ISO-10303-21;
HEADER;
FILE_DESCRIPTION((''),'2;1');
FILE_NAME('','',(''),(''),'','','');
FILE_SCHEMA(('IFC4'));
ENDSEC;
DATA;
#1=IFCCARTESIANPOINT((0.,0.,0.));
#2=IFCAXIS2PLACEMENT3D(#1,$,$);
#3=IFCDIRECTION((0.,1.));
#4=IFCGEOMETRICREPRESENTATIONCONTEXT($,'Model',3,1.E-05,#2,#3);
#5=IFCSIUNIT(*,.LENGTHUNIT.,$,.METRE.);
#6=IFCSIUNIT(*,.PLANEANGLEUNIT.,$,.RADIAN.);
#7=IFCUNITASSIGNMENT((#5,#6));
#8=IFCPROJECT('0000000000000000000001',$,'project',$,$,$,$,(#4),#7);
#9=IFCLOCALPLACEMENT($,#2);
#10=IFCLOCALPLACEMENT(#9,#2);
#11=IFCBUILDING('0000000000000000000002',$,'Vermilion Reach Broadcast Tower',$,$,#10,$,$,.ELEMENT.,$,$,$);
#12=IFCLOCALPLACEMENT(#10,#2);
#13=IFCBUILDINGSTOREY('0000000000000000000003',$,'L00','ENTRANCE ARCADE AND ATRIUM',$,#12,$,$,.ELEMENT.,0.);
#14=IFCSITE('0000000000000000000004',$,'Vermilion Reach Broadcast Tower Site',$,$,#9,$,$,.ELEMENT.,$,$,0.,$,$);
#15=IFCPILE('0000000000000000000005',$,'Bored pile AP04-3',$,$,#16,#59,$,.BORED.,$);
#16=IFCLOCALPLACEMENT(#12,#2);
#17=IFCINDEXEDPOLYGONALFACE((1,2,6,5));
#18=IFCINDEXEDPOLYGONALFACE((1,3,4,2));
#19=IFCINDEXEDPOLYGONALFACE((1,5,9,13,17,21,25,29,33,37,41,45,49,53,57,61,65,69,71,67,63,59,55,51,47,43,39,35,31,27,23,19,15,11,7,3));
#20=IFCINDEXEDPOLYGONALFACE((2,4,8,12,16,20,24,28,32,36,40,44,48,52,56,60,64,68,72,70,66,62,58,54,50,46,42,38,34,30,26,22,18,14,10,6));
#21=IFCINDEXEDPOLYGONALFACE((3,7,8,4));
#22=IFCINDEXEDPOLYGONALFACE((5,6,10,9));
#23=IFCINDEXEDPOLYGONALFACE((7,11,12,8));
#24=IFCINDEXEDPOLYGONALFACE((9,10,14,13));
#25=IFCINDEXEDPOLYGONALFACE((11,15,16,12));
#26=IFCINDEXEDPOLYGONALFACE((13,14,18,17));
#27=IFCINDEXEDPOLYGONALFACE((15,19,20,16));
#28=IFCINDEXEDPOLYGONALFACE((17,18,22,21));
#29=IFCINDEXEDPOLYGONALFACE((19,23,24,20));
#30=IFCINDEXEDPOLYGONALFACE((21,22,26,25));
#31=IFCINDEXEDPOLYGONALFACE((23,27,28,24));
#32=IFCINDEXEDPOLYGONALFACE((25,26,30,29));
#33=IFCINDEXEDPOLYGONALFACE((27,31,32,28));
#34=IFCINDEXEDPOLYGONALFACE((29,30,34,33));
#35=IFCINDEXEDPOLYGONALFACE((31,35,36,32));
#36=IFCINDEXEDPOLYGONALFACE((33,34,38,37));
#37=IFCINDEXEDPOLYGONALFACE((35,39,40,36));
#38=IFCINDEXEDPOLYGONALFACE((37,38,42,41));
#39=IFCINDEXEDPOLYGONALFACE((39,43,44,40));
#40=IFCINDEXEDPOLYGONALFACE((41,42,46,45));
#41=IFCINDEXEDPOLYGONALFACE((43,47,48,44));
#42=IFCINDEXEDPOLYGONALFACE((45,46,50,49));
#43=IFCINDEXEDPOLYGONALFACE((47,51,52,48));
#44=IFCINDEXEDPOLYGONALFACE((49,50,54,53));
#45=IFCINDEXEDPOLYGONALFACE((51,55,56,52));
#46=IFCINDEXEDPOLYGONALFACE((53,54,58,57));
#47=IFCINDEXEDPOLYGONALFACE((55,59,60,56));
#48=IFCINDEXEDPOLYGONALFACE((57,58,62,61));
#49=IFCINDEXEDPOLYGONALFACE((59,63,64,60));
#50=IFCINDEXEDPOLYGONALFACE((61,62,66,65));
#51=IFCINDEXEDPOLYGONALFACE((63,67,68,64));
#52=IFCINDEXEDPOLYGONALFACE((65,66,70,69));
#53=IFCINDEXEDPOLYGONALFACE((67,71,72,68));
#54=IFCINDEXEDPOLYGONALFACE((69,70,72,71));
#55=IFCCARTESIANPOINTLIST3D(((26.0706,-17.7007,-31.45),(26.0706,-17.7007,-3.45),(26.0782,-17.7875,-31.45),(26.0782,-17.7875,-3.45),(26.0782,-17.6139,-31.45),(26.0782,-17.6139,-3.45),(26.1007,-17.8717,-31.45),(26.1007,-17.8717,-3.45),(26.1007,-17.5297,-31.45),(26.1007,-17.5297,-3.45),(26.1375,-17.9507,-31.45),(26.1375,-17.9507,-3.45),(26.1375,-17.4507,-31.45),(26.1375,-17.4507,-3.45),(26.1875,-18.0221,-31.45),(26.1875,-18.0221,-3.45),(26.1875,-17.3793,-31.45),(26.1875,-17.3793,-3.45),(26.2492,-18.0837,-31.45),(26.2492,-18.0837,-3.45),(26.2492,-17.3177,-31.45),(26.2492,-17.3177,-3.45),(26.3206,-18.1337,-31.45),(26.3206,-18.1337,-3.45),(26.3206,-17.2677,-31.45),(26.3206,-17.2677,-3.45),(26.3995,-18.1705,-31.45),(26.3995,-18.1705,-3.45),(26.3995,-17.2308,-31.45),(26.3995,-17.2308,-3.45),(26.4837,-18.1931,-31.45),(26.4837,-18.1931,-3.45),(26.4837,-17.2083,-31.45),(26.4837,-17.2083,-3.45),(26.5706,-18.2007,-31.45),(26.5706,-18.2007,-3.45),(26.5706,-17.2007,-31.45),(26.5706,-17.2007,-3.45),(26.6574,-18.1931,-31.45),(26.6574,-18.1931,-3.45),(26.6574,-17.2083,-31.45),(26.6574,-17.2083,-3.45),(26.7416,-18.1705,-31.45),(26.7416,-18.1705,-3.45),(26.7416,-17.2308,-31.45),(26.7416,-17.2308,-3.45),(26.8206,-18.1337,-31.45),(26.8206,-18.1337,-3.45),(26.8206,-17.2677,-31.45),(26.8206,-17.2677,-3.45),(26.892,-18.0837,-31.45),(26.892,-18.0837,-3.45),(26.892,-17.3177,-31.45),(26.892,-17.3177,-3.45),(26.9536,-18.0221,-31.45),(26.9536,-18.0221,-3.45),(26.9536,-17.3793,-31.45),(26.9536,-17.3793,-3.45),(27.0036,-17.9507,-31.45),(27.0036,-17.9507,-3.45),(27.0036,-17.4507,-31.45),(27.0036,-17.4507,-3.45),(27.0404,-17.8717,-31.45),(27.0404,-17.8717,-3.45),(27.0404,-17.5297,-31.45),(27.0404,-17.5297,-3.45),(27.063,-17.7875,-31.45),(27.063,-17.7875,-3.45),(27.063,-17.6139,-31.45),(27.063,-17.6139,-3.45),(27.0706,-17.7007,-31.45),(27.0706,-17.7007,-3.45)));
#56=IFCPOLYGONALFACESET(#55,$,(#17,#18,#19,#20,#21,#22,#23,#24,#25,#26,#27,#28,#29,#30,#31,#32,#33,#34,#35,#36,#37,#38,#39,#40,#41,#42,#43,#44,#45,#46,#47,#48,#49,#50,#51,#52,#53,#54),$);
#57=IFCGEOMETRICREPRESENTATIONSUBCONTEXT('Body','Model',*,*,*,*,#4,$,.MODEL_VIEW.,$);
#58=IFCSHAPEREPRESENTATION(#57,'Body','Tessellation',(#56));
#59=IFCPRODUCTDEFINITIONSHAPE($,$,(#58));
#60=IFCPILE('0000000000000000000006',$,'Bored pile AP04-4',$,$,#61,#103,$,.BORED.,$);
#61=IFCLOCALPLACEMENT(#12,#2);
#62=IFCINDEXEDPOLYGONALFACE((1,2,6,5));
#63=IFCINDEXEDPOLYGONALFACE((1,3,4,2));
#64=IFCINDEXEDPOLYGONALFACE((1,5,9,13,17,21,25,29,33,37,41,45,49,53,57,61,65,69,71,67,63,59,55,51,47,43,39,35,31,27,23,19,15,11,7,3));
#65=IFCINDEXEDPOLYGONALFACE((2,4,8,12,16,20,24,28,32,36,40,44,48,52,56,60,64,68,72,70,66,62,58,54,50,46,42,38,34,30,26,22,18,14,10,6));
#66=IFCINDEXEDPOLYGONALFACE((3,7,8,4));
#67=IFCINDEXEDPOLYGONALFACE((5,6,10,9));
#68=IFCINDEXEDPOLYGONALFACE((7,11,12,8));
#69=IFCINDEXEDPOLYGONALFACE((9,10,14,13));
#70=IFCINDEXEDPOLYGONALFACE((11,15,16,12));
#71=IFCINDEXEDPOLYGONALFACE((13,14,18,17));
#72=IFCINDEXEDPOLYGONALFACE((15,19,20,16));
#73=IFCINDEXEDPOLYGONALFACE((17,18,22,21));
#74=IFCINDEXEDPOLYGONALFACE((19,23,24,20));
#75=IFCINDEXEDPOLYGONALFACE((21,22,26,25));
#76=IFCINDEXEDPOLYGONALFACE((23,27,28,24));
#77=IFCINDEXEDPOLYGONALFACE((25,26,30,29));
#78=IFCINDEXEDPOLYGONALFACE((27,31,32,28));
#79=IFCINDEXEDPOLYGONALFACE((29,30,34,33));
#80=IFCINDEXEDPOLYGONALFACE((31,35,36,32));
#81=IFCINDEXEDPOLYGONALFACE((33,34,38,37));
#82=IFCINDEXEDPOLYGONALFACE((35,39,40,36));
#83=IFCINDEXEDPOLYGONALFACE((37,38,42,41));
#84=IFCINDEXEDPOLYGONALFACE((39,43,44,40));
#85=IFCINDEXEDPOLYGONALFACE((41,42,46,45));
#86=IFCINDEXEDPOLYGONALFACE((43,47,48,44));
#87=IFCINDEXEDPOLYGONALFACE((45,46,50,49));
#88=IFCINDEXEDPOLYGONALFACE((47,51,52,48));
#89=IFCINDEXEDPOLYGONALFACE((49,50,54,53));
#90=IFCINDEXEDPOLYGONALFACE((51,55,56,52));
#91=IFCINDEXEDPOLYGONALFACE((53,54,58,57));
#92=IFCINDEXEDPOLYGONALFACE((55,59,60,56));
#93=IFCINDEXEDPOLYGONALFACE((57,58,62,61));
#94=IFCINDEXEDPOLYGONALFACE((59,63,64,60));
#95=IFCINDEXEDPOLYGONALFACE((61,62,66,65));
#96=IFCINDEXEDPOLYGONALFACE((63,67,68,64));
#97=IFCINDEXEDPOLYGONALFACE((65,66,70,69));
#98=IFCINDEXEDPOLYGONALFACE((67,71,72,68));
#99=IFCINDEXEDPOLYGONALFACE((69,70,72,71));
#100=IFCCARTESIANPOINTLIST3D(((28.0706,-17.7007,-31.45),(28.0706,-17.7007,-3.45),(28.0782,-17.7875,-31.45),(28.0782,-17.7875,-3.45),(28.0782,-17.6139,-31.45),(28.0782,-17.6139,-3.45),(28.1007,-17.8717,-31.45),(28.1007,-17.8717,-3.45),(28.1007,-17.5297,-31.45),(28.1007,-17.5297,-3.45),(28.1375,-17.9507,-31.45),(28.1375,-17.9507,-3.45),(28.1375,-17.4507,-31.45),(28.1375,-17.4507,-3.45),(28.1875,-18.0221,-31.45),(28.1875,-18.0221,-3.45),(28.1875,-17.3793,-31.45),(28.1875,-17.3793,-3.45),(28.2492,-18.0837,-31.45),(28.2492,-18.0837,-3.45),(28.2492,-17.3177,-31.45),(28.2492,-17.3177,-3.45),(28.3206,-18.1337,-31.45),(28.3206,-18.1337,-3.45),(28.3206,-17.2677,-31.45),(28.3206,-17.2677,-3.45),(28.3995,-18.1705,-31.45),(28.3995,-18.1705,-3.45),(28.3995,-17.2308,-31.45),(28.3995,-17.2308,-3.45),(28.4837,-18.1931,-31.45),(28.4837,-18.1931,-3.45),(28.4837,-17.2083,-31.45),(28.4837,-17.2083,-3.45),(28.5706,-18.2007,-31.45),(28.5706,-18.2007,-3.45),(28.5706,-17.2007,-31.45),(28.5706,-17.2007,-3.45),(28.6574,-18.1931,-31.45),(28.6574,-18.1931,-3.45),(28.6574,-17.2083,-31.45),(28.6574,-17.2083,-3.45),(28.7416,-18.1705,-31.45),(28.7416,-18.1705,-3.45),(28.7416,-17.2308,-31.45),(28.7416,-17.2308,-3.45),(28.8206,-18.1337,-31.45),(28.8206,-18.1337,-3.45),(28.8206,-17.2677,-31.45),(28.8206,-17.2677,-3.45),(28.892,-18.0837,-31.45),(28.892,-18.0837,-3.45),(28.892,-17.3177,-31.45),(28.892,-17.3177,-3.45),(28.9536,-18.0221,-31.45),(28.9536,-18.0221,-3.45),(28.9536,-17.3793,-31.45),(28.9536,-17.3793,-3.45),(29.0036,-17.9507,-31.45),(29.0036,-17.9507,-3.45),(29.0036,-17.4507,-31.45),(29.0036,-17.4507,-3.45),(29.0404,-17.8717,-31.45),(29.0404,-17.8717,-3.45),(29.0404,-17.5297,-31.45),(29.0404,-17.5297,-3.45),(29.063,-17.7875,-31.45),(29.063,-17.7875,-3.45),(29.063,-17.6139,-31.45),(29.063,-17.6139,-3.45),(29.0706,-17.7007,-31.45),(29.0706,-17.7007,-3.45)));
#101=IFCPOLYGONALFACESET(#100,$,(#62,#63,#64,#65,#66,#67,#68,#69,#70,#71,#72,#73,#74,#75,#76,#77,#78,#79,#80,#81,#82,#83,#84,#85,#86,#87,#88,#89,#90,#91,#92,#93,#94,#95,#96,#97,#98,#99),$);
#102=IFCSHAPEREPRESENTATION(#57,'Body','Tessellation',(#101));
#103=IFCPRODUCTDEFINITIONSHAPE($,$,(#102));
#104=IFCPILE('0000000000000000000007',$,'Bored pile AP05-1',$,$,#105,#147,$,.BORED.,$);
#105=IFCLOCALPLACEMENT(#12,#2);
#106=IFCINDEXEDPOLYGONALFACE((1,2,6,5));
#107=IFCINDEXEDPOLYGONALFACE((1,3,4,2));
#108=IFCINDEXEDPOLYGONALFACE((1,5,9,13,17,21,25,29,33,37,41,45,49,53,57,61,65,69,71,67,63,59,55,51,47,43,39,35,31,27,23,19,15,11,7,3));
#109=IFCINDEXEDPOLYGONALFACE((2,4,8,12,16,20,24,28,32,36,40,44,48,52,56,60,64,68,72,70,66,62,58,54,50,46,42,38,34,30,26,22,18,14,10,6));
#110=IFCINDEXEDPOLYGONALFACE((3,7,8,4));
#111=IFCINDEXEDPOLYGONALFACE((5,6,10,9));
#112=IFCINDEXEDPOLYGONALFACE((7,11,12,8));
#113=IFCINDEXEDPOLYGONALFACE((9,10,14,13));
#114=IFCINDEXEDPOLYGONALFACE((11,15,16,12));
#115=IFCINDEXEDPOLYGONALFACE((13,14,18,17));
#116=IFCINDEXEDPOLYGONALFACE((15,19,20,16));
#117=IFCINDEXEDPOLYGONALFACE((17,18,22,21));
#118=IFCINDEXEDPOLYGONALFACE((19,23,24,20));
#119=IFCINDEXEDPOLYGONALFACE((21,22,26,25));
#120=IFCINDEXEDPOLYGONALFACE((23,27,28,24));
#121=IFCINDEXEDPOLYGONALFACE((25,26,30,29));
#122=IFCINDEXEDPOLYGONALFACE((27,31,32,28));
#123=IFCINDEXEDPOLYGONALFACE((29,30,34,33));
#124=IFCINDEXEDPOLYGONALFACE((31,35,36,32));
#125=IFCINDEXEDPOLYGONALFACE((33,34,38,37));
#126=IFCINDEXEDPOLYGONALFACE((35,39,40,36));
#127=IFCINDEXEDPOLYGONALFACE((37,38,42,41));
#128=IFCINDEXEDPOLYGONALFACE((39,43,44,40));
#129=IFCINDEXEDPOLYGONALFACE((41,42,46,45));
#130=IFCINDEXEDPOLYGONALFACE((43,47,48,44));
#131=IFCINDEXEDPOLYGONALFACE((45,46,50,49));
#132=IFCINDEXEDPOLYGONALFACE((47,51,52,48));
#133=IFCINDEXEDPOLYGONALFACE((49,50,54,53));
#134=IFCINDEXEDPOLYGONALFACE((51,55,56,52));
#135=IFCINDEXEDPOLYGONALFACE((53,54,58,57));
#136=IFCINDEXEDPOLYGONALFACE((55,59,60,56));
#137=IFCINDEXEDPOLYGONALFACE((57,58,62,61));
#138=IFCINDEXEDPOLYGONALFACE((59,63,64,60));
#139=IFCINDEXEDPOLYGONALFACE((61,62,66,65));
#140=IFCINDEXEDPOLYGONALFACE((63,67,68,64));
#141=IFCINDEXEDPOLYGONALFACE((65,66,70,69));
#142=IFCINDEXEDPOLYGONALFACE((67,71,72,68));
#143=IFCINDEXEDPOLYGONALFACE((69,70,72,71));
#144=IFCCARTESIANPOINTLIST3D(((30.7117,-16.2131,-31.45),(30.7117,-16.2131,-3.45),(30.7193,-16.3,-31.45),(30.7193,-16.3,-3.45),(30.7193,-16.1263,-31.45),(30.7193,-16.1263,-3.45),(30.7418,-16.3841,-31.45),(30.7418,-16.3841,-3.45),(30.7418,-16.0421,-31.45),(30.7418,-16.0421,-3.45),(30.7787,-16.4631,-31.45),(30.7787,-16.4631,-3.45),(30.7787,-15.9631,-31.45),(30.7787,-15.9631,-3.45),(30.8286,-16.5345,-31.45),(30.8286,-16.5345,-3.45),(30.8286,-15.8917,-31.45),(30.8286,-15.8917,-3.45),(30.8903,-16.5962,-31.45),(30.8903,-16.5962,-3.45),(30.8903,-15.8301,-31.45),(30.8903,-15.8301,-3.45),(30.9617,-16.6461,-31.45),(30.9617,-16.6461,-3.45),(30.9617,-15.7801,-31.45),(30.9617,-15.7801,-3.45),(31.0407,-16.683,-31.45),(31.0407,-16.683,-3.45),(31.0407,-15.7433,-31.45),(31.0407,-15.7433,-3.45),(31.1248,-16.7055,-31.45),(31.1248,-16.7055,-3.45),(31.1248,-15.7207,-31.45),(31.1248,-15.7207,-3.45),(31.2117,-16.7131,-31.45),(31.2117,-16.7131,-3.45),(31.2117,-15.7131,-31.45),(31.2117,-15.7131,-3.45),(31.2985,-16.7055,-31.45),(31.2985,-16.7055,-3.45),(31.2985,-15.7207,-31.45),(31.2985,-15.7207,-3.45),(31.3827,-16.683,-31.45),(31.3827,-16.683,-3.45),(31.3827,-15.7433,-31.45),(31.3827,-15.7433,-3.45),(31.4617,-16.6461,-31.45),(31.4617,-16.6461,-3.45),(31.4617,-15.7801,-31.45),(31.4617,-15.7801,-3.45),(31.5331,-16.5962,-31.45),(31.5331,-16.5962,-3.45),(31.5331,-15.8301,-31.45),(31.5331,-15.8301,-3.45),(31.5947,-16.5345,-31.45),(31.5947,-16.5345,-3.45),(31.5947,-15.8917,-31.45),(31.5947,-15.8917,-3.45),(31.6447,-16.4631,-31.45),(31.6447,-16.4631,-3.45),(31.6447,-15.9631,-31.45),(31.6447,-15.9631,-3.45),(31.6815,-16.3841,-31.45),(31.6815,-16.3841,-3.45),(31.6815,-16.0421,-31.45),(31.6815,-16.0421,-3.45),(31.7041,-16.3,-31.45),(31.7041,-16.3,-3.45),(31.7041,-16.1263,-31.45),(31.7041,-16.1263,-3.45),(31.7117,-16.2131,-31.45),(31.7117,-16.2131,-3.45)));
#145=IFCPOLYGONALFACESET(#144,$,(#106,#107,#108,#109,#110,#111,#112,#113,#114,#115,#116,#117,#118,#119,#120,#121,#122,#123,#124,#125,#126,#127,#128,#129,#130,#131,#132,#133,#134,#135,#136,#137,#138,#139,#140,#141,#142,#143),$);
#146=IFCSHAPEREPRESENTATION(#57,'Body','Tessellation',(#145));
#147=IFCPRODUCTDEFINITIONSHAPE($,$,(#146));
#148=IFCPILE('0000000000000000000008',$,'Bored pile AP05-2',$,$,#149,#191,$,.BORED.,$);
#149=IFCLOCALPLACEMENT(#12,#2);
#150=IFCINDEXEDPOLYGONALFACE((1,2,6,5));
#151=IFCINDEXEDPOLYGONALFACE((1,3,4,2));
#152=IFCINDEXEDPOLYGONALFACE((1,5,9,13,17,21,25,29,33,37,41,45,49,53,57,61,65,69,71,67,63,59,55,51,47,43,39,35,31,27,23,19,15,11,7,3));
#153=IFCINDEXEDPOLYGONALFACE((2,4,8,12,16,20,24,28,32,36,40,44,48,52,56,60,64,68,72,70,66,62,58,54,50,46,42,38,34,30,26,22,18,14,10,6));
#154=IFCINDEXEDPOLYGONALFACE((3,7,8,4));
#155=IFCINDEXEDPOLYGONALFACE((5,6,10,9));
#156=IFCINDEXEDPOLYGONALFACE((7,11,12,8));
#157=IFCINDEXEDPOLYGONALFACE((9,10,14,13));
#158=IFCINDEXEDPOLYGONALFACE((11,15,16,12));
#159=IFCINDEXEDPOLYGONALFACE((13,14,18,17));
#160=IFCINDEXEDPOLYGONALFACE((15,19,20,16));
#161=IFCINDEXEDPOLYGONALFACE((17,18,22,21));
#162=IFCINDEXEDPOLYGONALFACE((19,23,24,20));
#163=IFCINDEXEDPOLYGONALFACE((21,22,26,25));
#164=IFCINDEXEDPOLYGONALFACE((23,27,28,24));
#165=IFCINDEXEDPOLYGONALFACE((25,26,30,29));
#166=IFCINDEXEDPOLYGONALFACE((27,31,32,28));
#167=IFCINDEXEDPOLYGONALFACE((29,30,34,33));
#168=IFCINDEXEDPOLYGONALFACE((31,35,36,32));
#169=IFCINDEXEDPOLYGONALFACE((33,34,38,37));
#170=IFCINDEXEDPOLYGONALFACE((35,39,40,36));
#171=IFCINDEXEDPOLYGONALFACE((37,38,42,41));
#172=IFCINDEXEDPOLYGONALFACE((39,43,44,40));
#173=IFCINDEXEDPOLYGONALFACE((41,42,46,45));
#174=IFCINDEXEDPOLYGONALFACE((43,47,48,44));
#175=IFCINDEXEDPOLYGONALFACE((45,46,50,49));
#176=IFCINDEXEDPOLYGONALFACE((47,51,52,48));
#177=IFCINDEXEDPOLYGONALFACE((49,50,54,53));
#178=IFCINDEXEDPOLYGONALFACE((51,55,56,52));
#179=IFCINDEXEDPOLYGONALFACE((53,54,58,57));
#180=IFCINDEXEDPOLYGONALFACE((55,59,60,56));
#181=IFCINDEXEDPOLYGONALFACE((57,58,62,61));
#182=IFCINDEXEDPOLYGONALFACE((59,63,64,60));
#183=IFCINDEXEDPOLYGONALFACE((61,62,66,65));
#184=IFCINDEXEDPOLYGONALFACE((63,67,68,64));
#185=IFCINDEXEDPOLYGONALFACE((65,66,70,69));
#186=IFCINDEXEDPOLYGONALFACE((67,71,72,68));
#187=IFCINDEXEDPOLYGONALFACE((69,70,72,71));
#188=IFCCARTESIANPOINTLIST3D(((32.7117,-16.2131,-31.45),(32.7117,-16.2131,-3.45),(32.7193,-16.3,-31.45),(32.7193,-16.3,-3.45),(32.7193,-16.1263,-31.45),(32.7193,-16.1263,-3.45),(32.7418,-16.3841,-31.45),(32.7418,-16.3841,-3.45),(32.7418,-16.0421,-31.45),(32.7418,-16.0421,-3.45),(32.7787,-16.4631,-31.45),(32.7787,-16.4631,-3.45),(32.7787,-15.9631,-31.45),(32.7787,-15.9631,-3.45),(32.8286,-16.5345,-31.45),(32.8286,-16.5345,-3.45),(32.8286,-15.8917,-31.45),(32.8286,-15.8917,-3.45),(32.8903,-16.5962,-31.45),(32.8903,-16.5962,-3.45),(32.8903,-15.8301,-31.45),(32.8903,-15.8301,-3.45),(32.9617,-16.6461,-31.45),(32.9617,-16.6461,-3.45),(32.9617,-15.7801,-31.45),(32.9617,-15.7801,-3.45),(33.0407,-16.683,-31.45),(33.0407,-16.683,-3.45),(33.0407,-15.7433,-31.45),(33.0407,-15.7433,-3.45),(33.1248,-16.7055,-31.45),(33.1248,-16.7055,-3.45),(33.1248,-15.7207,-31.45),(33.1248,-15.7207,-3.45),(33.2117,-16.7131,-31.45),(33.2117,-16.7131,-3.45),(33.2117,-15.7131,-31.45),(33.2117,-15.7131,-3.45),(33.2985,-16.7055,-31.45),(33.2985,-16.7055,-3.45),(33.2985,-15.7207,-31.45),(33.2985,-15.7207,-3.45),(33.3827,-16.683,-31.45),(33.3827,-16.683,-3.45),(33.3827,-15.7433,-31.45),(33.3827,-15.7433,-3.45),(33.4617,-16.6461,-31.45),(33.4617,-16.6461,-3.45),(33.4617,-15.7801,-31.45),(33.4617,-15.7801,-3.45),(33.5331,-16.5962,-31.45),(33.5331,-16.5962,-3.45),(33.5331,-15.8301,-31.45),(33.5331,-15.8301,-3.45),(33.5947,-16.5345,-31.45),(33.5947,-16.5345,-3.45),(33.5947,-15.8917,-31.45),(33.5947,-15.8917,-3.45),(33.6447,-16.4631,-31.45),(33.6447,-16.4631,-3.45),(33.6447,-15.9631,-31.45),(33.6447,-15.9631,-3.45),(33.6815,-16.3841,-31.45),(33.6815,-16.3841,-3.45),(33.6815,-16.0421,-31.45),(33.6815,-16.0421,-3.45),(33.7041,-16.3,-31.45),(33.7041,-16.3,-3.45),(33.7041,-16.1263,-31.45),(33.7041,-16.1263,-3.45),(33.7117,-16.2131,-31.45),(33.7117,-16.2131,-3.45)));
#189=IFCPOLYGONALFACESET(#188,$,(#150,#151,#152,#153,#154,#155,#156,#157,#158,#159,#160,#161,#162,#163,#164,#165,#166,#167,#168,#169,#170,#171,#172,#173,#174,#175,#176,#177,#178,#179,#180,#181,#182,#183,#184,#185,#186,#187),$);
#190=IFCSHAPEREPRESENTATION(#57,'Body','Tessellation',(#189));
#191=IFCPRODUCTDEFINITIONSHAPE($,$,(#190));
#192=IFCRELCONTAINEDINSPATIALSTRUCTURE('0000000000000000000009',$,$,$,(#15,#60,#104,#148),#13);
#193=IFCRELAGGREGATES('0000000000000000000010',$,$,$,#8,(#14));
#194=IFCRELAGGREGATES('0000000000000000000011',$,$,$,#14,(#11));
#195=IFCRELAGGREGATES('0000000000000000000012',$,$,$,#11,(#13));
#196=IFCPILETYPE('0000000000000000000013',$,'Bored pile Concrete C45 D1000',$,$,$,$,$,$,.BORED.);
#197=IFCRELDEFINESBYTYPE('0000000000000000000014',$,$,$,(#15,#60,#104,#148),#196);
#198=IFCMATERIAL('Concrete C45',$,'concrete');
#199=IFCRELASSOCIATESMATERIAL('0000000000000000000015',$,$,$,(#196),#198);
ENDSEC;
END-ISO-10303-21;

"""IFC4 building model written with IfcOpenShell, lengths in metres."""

from ifc_helpers import new_model, si_unit, direction, frame, origin, origin_2d, place, context, subcontext, project, spatial, circle, extrude, material, material_profile, profile_set, type_object, element, save


model = new_model("IFC4")

# Units and contexts
model_context = context("Model", 3, precision=1e-05, world=origin(), true_north=direction((0.0, 1.0)))
body_context = subcontext(model_context, "Body", "Model", "MODEL_VIEW")
ifc_project = project(units=[si_unit("LENGTHUNIT", "METRE"), si_unit("PLANEANGLEUNIT", "RADIAN")], contexts=[model_context])

# Site, building, storey
site_placement = place(None, origin())
site = spatial("IfcSite", under=ifc_project, at=site_placement, Name="Vermilion Reach Broadcast Tower Site", CompositionType="ELEMENT", RefElevation=0.0)
building_placement = place(site_placement, origin())
building = spatial("IfcBuilding", under=site, at=building_placement, Name="Vermilion Reach Broadcast Tower", CompositionType="ELEMENT")
storey_placement = place(building_placement, origin())
storey = spatial("IfcBuildingStorey", under=building, at=storey_placement, Name="L00", Description="ENTRANCE ARCADE AND ATRIUM", CompositionType="ELEMENT", Elevation=0.0)

# Piles
ifc_material_1 = material(Name="Concrete C45", Category="concrete")
ifc_material_profile_1 = material_profile(ifc_material_1, circle(Radius=0.5, at=origin_2d()), Name="Concrete C45 D1000")
ifc_profile_set_1 = profile_set([ifc_material_profile_1], Name="Concrete C45")
pile_type = type_object("IfcPileType", Name="Bored pile Concrete C45 D1000", PredefinedType="BORED", material=ifc_profile_set_1)
for number, where, z_axis, x_axis, name in (
    (1, (26.5706, -17.7007, -3.45), (0.0, 0.0, -1.0), (1.0, 0.0, 0.0), "Bored pile AP04-3"),
    (2, (28.5706, -17.7007, -3.45), (0.0, 0.0, -1.0), (1.0, 0.0, 0.0), "Bored pile AP04-4"),
    (3, (31.2117, -16.2131, -3.45), (0.0, 0.0, -1.0), (1.0, 0.0, 0.0), "Bored pile AP05-1"),
    (4, (33.2117, -16.2131, -3.45), (0.0, 0.0, -1.0), (1.0, 0.0, 0.0), "Bored pile AP05-2"),
):
    element("IfcPile", number, at=place(storey_placement, frame(where, z_axis=z_axis, x_axis=x_axis)), inside=storey, type_object=pile_type, Name=name, PredefinedType="BORED", context=body_context, shape_type="SweptSolid", body=[
        extrude(circle(Radius=0.5, at=origin_2d()), origin(), (0.0, 0.0, 1.0), 28.0),
    ])

save(model, "model.ifc")
